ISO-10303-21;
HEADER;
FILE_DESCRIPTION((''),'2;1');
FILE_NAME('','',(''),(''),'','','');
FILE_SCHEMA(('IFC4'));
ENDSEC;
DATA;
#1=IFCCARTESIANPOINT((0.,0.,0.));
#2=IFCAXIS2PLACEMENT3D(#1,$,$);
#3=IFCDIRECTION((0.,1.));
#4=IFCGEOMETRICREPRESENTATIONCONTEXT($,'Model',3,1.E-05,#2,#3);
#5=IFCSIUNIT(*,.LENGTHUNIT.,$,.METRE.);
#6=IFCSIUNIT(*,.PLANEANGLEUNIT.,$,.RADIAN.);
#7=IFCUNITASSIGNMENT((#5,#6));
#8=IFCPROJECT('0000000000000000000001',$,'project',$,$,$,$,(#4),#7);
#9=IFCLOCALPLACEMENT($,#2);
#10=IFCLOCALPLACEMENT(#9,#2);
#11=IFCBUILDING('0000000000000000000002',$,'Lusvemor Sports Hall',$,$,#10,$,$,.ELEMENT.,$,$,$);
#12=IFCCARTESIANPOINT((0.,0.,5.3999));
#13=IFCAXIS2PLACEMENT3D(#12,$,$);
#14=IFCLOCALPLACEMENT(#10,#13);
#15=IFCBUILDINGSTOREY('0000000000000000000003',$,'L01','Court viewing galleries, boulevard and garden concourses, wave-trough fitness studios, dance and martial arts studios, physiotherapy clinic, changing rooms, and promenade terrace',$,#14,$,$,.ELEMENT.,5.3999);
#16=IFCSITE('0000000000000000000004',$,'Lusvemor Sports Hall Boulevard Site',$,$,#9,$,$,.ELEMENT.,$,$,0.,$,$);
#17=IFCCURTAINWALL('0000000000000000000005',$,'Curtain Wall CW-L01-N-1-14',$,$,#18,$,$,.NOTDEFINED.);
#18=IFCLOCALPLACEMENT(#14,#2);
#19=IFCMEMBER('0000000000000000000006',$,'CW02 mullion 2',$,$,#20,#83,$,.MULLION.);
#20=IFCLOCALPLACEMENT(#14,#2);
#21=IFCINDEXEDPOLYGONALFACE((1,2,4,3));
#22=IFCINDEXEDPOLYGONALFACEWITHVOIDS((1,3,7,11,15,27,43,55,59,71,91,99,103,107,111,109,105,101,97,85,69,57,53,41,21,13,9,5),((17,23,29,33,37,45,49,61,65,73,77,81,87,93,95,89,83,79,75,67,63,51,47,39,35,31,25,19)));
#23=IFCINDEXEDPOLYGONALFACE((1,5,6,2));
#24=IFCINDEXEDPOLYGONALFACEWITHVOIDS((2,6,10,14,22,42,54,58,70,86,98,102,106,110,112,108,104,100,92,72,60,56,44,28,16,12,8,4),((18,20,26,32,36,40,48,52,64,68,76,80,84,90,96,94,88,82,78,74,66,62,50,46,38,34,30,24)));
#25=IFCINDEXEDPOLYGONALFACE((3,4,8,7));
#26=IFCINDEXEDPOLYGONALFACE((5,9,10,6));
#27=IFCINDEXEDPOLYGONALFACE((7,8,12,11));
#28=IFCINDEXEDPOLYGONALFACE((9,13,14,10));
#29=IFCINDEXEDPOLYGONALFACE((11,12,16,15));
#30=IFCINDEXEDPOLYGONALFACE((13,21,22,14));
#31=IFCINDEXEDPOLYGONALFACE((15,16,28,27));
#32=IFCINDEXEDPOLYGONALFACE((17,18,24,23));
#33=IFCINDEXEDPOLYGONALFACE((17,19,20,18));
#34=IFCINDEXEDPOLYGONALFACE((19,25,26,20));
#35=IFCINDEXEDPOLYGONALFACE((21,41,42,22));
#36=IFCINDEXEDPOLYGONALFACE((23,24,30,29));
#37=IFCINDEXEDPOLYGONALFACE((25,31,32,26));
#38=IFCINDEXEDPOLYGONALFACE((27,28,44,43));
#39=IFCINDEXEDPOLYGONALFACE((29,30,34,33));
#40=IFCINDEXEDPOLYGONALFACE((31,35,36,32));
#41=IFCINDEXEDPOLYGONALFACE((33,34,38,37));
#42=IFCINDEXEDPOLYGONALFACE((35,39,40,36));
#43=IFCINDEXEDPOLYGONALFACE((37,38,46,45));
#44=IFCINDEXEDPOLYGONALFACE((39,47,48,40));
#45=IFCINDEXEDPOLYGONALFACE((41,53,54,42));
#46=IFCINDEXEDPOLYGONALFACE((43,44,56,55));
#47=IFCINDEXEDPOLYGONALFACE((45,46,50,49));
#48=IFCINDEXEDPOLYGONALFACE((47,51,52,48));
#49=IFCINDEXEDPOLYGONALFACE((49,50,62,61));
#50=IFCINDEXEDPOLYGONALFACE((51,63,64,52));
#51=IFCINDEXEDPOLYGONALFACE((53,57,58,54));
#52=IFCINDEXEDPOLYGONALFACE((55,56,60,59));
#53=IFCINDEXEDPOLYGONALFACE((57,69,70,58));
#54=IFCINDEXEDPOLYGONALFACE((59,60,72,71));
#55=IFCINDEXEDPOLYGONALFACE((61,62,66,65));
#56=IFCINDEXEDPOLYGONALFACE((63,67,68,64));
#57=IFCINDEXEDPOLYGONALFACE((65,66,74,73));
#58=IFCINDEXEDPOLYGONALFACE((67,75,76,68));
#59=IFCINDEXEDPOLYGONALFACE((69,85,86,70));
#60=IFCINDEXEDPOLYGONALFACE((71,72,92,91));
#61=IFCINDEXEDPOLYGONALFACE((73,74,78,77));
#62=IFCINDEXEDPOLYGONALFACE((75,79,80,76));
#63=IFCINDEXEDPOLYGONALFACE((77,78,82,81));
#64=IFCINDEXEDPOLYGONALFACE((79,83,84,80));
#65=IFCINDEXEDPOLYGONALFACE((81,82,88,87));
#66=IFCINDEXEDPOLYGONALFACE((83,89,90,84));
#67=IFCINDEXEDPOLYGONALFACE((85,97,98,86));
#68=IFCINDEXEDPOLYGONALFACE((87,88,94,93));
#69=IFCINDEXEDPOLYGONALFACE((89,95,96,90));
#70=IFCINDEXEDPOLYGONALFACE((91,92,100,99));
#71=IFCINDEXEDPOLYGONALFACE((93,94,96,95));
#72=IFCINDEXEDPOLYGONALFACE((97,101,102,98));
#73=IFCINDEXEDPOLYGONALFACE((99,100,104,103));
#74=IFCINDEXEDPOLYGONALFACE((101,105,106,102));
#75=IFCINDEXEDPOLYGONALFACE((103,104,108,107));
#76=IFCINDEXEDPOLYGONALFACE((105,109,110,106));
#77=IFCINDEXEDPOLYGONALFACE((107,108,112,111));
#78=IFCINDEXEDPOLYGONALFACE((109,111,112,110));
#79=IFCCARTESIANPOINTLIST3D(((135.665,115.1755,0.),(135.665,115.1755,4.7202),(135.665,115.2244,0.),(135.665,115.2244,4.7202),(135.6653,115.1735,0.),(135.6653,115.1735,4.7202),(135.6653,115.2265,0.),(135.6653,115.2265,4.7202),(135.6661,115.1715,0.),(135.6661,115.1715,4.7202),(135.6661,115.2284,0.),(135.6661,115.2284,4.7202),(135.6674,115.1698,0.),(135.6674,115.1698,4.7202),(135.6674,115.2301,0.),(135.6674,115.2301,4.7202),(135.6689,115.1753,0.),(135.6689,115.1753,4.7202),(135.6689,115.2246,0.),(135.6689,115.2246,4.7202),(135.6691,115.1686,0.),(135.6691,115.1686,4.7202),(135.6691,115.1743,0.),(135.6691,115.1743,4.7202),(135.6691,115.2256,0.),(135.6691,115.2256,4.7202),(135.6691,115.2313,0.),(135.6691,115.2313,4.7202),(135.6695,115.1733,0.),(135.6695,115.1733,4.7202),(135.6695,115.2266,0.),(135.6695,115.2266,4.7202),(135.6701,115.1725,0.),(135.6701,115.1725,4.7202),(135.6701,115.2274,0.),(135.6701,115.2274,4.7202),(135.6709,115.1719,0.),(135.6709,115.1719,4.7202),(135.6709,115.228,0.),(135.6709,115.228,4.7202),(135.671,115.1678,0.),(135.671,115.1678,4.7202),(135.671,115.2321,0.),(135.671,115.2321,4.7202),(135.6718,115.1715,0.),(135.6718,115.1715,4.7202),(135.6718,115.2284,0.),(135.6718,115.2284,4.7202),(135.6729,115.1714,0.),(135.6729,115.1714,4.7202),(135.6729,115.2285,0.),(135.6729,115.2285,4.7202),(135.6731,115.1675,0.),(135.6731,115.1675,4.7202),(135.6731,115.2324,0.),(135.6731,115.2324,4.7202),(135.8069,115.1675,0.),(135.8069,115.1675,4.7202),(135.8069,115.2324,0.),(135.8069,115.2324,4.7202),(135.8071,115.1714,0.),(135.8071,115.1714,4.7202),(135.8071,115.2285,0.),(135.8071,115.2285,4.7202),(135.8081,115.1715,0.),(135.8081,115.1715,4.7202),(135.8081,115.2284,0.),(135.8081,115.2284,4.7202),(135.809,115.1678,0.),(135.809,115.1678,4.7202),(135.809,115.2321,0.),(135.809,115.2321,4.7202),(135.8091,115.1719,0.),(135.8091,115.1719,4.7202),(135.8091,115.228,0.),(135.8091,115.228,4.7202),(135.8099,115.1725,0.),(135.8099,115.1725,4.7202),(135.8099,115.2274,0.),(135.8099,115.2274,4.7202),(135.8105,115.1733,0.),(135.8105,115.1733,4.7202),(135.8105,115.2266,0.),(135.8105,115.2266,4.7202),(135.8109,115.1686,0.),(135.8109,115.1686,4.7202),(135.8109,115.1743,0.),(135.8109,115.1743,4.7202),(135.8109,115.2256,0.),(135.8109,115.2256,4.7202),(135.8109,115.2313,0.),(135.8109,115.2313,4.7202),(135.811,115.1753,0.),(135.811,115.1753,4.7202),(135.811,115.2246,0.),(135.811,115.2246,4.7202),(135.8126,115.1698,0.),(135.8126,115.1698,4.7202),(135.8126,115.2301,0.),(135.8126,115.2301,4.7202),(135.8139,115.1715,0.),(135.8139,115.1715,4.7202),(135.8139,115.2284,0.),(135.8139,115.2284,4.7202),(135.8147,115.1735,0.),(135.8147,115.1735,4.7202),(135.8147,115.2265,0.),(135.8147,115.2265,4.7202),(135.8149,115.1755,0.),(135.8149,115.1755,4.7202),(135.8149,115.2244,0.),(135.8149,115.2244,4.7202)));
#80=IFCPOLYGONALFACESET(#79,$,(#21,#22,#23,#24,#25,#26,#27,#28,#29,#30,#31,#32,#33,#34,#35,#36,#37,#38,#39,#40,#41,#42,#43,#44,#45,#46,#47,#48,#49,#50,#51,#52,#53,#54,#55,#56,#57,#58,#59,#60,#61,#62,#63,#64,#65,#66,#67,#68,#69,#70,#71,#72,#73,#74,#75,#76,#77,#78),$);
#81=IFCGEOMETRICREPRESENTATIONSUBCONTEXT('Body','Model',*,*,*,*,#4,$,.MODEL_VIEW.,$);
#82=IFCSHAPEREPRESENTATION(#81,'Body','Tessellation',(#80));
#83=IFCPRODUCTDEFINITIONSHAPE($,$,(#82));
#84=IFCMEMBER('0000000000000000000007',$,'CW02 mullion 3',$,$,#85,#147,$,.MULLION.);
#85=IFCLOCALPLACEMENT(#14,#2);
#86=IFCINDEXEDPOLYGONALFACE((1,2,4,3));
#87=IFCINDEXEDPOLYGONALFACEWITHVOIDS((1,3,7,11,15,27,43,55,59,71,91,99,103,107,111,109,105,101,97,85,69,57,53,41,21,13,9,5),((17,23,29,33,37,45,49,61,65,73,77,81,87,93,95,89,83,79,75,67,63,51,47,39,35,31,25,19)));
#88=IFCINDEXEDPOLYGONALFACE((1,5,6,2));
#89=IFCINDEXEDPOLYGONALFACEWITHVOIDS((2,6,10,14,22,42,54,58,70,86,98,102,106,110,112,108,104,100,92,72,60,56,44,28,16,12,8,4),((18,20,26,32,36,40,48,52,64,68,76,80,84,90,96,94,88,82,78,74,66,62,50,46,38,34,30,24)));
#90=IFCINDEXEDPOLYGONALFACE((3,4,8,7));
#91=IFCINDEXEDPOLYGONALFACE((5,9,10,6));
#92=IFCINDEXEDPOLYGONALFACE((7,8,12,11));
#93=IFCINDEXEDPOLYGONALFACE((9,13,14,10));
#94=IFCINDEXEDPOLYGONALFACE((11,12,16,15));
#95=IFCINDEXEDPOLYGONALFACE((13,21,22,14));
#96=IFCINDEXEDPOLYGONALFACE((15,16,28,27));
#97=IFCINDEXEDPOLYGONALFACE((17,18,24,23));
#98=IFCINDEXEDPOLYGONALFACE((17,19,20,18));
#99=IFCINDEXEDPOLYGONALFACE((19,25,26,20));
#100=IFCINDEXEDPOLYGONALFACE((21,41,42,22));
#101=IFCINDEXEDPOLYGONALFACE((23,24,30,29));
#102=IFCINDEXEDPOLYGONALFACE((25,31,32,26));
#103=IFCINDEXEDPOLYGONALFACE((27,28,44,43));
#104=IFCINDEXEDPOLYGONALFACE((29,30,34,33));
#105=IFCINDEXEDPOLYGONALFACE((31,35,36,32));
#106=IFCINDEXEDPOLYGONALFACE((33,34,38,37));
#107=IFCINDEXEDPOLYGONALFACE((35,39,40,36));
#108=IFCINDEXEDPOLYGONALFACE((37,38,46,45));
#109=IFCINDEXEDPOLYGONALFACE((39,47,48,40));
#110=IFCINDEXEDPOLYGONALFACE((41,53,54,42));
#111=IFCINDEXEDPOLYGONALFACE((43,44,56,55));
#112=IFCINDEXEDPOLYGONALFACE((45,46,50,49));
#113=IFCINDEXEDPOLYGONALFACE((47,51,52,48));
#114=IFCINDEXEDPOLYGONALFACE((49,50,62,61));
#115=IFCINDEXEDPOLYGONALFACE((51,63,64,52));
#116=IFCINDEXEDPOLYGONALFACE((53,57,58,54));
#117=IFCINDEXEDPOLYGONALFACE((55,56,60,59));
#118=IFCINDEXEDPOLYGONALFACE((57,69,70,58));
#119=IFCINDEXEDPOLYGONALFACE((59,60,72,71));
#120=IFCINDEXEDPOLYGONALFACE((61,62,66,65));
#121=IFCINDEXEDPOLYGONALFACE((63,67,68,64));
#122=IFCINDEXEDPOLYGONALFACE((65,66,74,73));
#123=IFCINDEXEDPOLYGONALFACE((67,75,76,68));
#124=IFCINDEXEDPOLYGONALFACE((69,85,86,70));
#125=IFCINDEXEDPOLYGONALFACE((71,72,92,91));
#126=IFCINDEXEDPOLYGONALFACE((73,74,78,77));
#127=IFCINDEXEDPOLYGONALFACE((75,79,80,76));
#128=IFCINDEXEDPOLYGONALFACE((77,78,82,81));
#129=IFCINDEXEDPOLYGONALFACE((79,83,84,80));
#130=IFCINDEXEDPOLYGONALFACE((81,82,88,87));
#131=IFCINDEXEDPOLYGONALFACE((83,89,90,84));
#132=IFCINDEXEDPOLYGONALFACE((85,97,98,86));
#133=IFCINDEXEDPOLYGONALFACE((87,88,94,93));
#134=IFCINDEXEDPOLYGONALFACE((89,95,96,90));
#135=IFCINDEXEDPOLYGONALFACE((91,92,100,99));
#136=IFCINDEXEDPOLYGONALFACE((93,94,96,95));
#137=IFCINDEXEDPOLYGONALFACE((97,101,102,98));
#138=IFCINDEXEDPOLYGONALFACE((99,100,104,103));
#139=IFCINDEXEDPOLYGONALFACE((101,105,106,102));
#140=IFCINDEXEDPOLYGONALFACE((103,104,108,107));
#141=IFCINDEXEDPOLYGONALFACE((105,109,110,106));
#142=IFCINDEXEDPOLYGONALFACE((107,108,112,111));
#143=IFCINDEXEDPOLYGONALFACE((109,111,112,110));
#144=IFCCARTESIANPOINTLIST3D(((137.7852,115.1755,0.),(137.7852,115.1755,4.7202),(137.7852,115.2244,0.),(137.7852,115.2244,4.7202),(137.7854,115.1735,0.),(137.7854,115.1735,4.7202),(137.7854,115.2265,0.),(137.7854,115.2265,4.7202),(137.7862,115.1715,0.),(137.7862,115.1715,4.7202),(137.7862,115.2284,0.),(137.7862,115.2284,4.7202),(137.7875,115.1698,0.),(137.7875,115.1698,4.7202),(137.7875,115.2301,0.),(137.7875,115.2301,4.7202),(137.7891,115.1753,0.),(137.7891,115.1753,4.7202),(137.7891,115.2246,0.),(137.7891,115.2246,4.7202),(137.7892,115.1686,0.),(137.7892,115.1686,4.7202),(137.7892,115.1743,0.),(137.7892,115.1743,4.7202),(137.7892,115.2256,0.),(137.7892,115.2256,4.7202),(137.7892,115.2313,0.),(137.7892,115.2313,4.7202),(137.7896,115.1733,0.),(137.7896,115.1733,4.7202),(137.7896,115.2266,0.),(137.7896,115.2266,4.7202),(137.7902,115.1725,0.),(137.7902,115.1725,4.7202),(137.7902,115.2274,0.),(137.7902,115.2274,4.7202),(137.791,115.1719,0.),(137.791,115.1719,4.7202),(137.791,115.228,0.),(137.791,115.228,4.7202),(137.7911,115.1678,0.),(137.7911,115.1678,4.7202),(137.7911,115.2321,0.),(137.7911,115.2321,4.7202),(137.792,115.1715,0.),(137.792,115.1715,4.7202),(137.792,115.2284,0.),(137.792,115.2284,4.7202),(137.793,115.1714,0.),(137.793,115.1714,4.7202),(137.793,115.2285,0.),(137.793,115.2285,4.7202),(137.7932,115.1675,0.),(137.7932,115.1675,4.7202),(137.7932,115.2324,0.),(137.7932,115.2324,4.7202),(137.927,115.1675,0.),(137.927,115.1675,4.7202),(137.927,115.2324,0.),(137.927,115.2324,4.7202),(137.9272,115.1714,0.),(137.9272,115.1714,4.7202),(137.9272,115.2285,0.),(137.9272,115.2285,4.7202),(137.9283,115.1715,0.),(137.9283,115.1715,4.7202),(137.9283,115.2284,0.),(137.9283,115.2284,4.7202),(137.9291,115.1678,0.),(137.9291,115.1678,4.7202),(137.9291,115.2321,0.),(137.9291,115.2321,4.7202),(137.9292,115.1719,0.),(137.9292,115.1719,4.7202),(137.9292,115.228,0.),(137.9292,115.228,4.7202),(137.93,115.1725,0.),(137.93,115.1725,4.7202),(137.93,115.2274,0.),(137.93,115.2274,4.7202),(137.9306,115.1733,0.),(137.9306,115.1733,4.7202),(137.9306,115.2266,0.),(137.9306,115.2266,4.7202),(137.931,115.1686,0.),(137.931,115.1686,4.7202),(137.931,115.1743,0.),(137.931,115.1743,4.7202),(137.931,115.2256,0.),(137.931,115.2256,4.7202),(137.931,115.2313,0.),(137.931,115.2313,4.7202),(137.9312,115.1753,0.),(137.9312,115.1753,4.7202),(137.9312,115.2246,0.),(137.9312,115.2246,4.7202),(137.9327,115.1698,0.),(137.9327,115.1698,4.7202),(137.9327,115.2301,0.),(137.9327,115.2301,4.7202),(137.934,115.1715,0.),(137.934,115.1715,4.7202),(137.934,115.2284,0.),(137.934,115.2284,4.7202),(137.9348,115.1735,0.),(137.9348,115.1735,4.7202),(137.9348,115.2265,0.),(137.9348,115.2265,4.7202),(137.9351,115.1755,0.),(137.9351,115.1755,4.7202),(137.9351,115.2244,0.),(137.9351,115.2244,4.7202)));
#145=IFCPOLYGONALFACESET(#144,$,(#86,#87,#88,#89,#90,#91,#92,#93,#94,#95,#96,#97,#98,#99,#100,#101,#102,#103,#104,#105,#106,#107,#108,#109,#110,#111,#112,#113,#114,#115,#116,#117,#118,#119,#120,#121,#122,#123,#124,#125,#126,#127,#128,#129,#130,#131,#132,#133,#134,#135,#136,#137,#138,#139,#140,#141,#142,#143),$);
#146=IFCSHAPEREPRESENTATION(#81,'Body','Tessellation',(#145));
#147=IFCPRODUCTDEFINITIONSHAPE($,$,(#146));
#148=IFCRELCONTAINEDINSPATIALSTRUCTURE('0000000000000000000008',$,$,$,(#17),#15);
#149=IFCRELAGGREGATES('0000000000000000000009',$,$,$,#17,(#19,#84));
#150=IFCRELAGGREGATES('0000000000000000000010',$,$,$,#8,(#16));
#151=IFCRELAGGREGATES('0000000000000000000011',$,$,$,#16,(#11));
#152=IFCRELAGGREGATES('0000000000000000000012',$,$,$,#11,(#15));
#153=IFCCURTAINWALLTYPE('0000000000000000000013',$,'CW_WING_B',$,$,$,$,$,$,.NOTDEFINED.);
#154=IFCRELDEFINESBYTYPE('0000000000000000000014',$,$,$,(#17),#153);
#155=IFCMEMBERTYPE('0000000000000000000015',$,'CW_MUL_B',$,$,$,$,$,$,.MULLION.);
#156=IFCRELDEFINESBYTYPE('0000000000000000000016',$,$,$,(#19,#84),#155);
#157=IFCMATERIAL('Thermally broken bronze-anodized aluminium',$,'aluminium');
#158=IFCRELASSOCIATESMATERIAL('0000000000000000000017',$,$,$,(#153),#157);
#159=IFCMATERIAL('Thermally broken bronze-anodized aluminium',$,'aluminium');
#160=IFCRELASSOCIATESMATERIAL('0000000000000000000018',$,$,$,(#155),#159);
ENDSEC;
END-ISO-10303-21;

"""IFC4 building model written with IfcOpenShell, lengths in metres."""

from ifc_helpers import new_model, si_unit, direction, frame, origin, origin_2d, place, context, subcontext, project, spatial, hollow_rectangle, extrude, material, material_profile, profile_set, type_object, element, aggregate, save


model = new_model("IFC4")

# Units and contexts
model_context = context("Model", 3, precision=1e-05, world=origin(), true_north=direction((0.0, 1.0)))
body_context = subcontext(model_context, "Body", "Model", "MODEL_VIEW")
ifc_project = project(units=[si_unit("LENGTHUNIT", "METRE"), si_unit("PLANEANGLEUNIT", "RADIAN")], contexts=[model_context])

# Site, building, storey
site_placement = place(None, origin())
site = spatial("IfcSite", under=ifc_project, at=site_placement, Name="Lusvemor Sports Hall Boulevard Site", CompositionType="ELEMENT", RefElevation=0.0)
building_placement = place(site_placement, origin())
building = spatial("IfcBuilding", under=site, at=building_placement, Name="Lusvemor Sports Hall", CompositionType="ELEMENT")
storey_placement = place(building_placement, frame((0.0, 0.0, 5.3999)))
storey = spatial("IfcBuildingStorey", under=building, at=storey_placement, Name="L01", Description="Court viewing galleries, boulevard and garden concourses, wave-trough fitness studios, dance and martial arts studios, physiotherapy clinic, changing rooms, and promenade terrace", CompositionType="ELEMENT", Elevation=5.3999)

# Curtain wall, members
ifc_material_1 = material(Name="Thermally broken bronze-anodized aluminium", Category="aluminium")
curtain_wall_type = type_object("IfcCurtainWallType", Name="CW_WING_B", PredefinedType="NOTDEFINED", material=ifc_material_1)
curtain_wall_placement = place(storey_placement, origin())
curtain_wall = element("IfcCurtainWall", 1, at=curtain_wall_placement, inside=storey, type_object=curtain_wall_type, Name="Curtain Wall CW-L01-N-1-14", PredefinedType="NOTDEFINED")
ifc_material_2 = material(Name="Thermally broken bronze-anodized aluminium", Category="aluminium")
ifc_material_profile_1 = material_profile(ifc_material_2, hollow_rectangle(XDim=0.0649, YDim=0.1499, WallThickness=0.0039, InnerFilletRadius=0.0039, OuterFilletRadius=0.0081, at=origin_2d()), Name="CWMUL150x65x4")
ifc_profile_set_1 = profile_set([ifc_material_profile_1], Name="Thermally broken bronze-anodized aluminium")
member_type_1 = type_object("IfcMemberType", Name="CW_MUL_B", PredefinedType="MULLION", material=ifc_profile_set_1)
member_1_placement = place(storey_placement, frame((135.74, 115.2, 0.0), z_axis=(0.0, 0.0, 1.0), x_axis=(0.0, 1.0, 0.0)))
member_1 = element("IfcMember", 2, at=member_1_placement, type_object=member_type_1, Name="CW02 mullion 2", PredefinedType="MULLION", context=body_context, shape_type="SweptSolid", body=[
    extrude(hollow_rectangle(XDim=0.0649, YDim=0.1499, WallThickness=0.0039, InnerFilletRadius=0.0039, OuterFilletRadius=0.0081, at=origin_2d()), origin(), (0.0, 0.0, 1.0), 4.7202),
])
member_2_placement = place(storey_placement, frame((137.8601, 115.2, 0.0), z_axis=(0.0, 0.0, 1.0), x_axis=(0.0, 1.0, 0.0)))
member_2 = element("IfcMember", 3, at=member_2_placement, type_object=member_type_1, Name="CW02 mullion 3", PredefinedType="MULLION", context=body_context, shape_type="SweptSolid", body=[
    extrude(hollow_rectangle(XDim=0.0649, YDim=0.1499, WallThickness=0.0039, InnerFilletRadius=0.0039, OuterFilletRadius=0.0081, at=origin_2d()), origin(), (0.0, 0.0, 1.0), 4.7202),
])

aggregate(curtain_wall, [member_1, member_2])

save(model, "model.ifc")
